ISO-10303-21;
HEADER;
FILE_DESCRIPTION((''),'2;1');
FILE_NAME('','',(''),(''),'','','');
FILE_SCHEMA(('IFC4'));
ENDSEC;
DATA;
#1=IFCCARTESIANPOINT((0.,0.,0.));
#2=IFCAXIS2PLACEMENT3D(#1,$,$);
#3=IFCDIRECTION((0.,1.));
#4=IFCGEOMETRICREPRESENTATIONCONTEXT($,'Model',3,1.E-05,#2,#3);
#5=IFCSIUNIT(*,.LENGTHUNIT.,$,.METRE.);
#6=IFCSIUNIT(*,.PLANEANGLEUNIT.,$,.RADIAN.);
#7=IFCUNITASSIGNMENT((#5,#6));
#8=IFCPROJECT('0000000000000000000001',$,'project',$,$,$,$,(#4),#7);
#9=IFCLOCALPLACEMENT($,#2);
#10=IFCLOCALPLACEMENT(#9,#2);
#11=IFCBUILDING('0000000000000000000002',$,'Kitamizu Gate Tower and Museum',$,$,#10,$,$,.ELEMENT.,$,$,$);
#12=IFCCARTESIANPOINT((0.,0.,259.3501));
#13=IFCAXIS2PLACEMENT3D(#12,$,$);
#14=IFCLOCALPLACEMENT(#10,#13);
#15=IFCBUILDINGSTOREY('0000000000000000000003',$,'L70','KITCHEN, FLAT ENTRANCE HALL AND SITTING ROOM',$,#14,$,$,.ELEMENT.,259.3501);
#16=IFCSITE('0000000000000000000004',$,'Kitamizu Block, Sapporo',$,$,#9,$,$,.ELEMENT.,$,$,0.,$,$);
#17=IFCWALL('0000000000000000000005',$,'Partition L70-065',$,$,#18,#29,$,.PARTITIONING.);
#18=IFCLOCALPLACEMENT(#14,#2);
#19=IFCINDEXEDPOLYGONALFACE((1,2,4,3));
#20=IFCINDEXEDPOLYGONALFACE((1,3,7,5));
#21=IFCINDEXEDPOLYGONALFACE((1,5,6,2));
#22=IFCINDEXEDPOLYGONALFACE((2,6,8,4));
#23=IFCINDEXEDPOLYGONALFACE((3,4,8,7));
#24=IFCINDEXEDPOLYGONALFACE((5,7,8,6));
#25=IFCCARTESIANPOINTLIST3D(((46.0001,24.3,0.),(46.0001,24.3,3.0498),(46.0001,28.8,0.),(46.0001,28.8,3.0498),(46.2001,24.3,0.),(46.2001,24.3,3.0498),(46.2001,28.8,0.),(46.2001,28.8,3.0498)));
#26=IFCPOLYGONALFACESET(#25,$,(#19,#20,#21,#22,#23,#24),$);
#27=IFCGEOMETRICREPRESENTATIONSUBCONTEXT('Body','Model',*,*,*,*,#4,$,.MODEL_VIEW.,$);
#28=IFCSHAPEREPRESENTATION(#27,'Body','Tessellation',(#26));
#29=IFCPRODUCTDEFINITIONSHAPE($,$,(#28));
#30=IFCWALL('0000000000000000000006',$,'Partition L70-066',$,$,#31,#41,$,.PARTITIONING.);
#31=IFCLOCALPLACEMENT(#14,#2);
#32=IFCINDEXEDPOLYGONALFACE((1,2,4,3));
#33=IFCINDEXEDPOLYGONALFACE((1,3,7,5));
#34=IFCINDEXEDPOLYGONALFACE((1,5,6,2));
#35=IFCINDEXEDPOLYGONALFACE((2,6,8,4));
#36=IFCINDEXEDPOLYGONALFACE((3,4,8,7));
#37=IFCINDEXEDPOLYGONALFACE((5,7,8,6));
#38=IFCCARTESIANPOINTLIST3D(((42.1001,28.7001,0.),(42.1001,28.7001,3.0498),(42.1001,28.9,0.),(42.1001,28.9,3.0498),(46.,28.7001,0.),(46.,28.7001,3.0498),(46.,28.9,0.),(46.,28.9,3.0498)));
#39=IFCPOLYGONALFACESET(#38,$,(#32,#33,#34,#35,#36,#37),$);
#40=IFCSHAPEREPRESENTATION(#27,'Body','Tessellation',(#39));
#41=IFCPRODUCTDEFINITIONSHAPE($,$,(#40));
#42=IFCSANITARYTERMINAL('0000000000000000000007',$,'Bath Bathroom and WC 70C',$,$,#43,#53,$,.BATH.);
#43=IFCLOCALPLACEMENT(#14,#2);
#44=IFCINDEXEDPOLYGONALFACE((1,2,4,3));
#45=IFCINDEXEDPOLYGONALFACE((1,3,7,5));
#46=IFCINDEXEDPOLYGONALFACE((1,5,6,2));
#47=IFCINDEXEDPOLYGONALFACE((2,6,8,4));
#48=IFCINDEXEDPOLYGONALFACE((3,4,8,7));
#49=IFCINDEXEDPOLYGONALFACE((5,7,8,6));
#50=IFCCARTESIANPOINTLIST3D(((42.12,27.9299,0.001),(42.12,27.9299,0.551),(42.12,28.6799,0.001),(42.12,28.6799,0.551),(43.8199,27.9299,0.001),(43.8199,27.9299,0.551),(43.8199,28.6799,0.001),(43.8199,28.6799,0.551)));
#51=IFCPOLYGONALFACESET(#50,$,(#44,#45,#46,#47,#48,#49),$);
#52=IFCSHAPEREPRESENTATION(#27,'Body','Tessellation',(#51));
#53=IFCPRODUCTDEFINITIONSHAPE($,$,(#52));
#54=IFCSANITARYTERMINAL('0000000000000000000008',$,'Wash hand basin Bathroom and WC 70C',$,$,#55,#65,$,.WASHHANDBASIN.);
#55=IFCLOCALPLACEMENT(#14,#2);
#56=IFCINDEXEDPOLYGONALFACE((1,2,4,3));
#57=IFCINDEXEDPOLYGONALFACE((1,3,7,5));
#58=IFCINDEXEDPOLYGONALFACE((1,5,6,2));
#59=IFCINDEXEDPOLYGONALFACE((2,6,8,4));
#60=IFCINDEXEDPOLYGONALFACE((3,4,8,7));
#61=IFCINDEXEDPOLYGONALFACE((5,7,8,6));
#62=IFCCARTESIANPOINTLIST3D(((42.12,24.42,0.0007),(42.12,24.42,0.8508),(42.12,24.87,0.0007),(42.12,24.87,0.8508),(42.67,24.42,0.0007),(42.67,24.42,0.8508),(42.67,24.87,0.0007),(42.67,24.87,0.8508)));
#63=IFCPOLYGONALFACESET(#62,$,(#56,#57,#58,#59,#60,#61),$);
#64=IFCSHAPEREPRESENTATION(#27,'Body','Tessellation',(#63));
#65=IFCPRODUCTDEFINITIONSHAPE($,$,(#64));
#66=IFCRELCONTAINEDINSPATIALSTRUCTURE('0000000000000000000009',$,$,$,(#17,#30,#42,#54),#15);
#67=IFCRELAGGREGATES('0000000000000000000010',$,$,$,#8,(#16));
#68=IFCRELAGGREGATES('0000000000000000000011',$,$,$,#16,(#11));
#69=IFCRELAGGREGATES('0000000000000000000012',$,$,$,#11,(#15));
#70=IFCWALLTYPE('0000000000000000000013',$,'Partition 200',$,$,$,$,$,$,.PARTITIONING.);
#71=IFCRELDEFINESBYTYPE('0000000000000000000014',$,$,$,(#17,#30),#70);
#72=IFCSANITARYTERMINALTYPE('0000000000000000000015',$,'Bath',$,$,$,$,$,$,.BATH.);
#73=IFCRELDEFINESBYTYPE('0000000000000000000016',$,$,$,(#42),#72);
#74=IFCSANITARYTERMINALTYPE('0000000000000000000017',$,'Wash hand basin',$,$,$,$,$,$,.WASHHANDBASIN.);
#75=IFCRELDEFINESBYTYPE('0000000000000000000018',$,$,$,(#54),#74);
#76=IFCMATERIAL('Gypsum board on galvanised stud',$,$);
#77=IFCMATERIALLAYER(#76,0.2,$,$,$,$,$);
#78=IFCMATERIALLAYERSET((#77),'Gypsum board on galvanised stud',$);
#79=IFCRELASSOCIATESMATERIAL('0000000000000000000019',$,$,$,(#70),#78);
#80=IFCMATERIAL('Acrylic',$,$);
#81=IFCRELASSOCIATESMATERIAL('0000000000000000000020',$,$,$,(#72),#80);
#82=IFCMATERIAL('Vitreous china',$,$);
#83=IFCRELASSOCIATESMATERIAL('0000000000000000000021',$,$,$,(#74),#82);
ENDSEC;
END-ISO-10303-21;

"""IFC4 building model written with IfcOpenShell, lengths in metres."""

from ifc_helpers import new_model, si_unit, direction, frame, frame_2d, origin, origin_2d, place, context, subcontext, project, spatial, rectangle, extrude, material, layer, layer_set, type_object, element, save


model = new_model("IFC4")

# Units and contexts
model_context = context("Model", 3, precision=1e-05, world=origin(), true_north=direction((0.0, 1.0)))
body_context = subcontext(model_context, "Body", "Model", "MODEL_VIEW")
ifc_project = project(units=[si_unit("LENGTHUNIT", "METRE"), si_unit("PLANEANGLEUNIT", "RADIAN")], contexts=[model_context])

# Site, building, storey
site_placement = place(None, origin())
site = spatial("IfcSite", under=ifc_project, at=site_placement, Name="Kitamizu Block, Sapporo", CompositionType="ELEMENT", RefElevation=0.0)
building_placement = place(site_placement, origin())
building = spatial("IfcBuilding", under=site, at=building_placement, Name="Kitamizu Gate Tower and Museum", CompositionType="ELEMENT")
storey_placement = place(building_placement, frame((0.0, 0.0, 259.3501)))
storey = spatial("IfcBuildingStorey", under=building, at=storey_placement, Name="L70", Description="KITCHEN, FLAT ENTRANCE HALL AND SITTING ROOM", CompositionType="ELEMENT", Elevation=259.3501)

# Walls
ifc_material_1 = material(Name="Gypsum board on galvanised stud")
ifc_layer_1 = layer(ifc_material_1, 0.2)
ifc_layer_set_1 = layer_set([ifc_layer_1], Name="Gypsum board on galvanised stud")
wall_type_1 = type_object("IfcWallType", Name="Partition 200", PredefinedType="PARTITIONING", material=ifc_layer_set_1)
wall_1_placement = place(storey_placement, frame((46.1001, 24.3, 0.0), z_axis=(0.0, 0.0, 1.0), x_axis=(0.0, 1.0, 0.0)))
element("IfcWall", 1, at=wall_1_placement, inside=storey, type_object=wall_type_1, Name="Partition L70-065", PredefinedType="PARTITIONING", context=body_context, shape_type="SweptSolid", body=[
    extrude(rectangle(XDim=4.5, YDim=0.2, at=frame_2d((2.25, 0.0))), origin(), (0.0, 0.0, 1.0), 3.0498),
])
wall_2_placement = place(storey_placement, frame((46.0, 28.8, 0.0), z_axis=(0.0, 0.0, 1.0), x_axis=(-1.0, 0.0, 0.0)))
element("IfcWall", 2, at=wall_2_placement, inside=storey, type_object=wall_type_1, Name="Partition L70-066", PredefinedType="PARTITIONING", context=body_context, shape_type="SweptSolid", body=[
    extrude(rectangle(XDim=3.8999, YDim=0.2, at=frame_2d((1.95, 0.0))), origin(), (0.0, 0.0, 1.0), 3.0498),
])

# Sanitary terminals
ifc_material_2 = material(Name="Acrylic")
sanitary_terminal_type_1 = type_object("IfcSanitaryTerminalType", Name="Bath", PredefinedType="BATH", material=ifc_material_2)
sanitary_terminal_1_placement = place(storey_placement, frame((42.97, 28.3049, 0.001), z_axis=(0.0, 0.0, 1.0), x_axis=(1.0, 0.0, 0.0)))
element("IfcSanitaryTerminal", 3, at=sanitary_terminal_1_placement, inside=storey, type_object=sanitary_terminal_type_1, Name="Bath Bathroom and WC 70C", PredefinedType="BATH", context=body_context, shape_type="SweptSolid", body=[
    extrude(rectangle(XDim=1.7, YDim=0.75, at=origin_2d()), origin(), (0.0, 0.0, 1.0), 0.55),
])
ifc_material_3 = material(Name="Vitreous china")
sanitary_terminal_type_2 = type_object("IfcSanitaryTerminalType", Name="Wash hand basin", PredefinedType="WASHHANDBASIN", material=ifc_material_3)
sanitary_terminal_2_placement = place(storey_placement, frame((42.395, 24.645, 0.0007), z_axis=(0.0, 0.0, 1.0), x_axis=(1.0, 0.0, 0.0)))
element("IfcSanitaryTerminal", 4, at=sanitary_terminal_2_placement, inside=storey, type_object=sanitary_terminal_type_2, Name="Wash hand basin Bathroom and WC 70C", PredefinedType="WASHHANDBASIN", context=body_context, shape_type="SweptSolid", body=[
    extrude(rectangle(XDim=0.55, YDim=0.45, at=origin_2d()), origin(), (0.0, 0.0, 1.0), 0.8501),
])

save(model, "model.ifc")
